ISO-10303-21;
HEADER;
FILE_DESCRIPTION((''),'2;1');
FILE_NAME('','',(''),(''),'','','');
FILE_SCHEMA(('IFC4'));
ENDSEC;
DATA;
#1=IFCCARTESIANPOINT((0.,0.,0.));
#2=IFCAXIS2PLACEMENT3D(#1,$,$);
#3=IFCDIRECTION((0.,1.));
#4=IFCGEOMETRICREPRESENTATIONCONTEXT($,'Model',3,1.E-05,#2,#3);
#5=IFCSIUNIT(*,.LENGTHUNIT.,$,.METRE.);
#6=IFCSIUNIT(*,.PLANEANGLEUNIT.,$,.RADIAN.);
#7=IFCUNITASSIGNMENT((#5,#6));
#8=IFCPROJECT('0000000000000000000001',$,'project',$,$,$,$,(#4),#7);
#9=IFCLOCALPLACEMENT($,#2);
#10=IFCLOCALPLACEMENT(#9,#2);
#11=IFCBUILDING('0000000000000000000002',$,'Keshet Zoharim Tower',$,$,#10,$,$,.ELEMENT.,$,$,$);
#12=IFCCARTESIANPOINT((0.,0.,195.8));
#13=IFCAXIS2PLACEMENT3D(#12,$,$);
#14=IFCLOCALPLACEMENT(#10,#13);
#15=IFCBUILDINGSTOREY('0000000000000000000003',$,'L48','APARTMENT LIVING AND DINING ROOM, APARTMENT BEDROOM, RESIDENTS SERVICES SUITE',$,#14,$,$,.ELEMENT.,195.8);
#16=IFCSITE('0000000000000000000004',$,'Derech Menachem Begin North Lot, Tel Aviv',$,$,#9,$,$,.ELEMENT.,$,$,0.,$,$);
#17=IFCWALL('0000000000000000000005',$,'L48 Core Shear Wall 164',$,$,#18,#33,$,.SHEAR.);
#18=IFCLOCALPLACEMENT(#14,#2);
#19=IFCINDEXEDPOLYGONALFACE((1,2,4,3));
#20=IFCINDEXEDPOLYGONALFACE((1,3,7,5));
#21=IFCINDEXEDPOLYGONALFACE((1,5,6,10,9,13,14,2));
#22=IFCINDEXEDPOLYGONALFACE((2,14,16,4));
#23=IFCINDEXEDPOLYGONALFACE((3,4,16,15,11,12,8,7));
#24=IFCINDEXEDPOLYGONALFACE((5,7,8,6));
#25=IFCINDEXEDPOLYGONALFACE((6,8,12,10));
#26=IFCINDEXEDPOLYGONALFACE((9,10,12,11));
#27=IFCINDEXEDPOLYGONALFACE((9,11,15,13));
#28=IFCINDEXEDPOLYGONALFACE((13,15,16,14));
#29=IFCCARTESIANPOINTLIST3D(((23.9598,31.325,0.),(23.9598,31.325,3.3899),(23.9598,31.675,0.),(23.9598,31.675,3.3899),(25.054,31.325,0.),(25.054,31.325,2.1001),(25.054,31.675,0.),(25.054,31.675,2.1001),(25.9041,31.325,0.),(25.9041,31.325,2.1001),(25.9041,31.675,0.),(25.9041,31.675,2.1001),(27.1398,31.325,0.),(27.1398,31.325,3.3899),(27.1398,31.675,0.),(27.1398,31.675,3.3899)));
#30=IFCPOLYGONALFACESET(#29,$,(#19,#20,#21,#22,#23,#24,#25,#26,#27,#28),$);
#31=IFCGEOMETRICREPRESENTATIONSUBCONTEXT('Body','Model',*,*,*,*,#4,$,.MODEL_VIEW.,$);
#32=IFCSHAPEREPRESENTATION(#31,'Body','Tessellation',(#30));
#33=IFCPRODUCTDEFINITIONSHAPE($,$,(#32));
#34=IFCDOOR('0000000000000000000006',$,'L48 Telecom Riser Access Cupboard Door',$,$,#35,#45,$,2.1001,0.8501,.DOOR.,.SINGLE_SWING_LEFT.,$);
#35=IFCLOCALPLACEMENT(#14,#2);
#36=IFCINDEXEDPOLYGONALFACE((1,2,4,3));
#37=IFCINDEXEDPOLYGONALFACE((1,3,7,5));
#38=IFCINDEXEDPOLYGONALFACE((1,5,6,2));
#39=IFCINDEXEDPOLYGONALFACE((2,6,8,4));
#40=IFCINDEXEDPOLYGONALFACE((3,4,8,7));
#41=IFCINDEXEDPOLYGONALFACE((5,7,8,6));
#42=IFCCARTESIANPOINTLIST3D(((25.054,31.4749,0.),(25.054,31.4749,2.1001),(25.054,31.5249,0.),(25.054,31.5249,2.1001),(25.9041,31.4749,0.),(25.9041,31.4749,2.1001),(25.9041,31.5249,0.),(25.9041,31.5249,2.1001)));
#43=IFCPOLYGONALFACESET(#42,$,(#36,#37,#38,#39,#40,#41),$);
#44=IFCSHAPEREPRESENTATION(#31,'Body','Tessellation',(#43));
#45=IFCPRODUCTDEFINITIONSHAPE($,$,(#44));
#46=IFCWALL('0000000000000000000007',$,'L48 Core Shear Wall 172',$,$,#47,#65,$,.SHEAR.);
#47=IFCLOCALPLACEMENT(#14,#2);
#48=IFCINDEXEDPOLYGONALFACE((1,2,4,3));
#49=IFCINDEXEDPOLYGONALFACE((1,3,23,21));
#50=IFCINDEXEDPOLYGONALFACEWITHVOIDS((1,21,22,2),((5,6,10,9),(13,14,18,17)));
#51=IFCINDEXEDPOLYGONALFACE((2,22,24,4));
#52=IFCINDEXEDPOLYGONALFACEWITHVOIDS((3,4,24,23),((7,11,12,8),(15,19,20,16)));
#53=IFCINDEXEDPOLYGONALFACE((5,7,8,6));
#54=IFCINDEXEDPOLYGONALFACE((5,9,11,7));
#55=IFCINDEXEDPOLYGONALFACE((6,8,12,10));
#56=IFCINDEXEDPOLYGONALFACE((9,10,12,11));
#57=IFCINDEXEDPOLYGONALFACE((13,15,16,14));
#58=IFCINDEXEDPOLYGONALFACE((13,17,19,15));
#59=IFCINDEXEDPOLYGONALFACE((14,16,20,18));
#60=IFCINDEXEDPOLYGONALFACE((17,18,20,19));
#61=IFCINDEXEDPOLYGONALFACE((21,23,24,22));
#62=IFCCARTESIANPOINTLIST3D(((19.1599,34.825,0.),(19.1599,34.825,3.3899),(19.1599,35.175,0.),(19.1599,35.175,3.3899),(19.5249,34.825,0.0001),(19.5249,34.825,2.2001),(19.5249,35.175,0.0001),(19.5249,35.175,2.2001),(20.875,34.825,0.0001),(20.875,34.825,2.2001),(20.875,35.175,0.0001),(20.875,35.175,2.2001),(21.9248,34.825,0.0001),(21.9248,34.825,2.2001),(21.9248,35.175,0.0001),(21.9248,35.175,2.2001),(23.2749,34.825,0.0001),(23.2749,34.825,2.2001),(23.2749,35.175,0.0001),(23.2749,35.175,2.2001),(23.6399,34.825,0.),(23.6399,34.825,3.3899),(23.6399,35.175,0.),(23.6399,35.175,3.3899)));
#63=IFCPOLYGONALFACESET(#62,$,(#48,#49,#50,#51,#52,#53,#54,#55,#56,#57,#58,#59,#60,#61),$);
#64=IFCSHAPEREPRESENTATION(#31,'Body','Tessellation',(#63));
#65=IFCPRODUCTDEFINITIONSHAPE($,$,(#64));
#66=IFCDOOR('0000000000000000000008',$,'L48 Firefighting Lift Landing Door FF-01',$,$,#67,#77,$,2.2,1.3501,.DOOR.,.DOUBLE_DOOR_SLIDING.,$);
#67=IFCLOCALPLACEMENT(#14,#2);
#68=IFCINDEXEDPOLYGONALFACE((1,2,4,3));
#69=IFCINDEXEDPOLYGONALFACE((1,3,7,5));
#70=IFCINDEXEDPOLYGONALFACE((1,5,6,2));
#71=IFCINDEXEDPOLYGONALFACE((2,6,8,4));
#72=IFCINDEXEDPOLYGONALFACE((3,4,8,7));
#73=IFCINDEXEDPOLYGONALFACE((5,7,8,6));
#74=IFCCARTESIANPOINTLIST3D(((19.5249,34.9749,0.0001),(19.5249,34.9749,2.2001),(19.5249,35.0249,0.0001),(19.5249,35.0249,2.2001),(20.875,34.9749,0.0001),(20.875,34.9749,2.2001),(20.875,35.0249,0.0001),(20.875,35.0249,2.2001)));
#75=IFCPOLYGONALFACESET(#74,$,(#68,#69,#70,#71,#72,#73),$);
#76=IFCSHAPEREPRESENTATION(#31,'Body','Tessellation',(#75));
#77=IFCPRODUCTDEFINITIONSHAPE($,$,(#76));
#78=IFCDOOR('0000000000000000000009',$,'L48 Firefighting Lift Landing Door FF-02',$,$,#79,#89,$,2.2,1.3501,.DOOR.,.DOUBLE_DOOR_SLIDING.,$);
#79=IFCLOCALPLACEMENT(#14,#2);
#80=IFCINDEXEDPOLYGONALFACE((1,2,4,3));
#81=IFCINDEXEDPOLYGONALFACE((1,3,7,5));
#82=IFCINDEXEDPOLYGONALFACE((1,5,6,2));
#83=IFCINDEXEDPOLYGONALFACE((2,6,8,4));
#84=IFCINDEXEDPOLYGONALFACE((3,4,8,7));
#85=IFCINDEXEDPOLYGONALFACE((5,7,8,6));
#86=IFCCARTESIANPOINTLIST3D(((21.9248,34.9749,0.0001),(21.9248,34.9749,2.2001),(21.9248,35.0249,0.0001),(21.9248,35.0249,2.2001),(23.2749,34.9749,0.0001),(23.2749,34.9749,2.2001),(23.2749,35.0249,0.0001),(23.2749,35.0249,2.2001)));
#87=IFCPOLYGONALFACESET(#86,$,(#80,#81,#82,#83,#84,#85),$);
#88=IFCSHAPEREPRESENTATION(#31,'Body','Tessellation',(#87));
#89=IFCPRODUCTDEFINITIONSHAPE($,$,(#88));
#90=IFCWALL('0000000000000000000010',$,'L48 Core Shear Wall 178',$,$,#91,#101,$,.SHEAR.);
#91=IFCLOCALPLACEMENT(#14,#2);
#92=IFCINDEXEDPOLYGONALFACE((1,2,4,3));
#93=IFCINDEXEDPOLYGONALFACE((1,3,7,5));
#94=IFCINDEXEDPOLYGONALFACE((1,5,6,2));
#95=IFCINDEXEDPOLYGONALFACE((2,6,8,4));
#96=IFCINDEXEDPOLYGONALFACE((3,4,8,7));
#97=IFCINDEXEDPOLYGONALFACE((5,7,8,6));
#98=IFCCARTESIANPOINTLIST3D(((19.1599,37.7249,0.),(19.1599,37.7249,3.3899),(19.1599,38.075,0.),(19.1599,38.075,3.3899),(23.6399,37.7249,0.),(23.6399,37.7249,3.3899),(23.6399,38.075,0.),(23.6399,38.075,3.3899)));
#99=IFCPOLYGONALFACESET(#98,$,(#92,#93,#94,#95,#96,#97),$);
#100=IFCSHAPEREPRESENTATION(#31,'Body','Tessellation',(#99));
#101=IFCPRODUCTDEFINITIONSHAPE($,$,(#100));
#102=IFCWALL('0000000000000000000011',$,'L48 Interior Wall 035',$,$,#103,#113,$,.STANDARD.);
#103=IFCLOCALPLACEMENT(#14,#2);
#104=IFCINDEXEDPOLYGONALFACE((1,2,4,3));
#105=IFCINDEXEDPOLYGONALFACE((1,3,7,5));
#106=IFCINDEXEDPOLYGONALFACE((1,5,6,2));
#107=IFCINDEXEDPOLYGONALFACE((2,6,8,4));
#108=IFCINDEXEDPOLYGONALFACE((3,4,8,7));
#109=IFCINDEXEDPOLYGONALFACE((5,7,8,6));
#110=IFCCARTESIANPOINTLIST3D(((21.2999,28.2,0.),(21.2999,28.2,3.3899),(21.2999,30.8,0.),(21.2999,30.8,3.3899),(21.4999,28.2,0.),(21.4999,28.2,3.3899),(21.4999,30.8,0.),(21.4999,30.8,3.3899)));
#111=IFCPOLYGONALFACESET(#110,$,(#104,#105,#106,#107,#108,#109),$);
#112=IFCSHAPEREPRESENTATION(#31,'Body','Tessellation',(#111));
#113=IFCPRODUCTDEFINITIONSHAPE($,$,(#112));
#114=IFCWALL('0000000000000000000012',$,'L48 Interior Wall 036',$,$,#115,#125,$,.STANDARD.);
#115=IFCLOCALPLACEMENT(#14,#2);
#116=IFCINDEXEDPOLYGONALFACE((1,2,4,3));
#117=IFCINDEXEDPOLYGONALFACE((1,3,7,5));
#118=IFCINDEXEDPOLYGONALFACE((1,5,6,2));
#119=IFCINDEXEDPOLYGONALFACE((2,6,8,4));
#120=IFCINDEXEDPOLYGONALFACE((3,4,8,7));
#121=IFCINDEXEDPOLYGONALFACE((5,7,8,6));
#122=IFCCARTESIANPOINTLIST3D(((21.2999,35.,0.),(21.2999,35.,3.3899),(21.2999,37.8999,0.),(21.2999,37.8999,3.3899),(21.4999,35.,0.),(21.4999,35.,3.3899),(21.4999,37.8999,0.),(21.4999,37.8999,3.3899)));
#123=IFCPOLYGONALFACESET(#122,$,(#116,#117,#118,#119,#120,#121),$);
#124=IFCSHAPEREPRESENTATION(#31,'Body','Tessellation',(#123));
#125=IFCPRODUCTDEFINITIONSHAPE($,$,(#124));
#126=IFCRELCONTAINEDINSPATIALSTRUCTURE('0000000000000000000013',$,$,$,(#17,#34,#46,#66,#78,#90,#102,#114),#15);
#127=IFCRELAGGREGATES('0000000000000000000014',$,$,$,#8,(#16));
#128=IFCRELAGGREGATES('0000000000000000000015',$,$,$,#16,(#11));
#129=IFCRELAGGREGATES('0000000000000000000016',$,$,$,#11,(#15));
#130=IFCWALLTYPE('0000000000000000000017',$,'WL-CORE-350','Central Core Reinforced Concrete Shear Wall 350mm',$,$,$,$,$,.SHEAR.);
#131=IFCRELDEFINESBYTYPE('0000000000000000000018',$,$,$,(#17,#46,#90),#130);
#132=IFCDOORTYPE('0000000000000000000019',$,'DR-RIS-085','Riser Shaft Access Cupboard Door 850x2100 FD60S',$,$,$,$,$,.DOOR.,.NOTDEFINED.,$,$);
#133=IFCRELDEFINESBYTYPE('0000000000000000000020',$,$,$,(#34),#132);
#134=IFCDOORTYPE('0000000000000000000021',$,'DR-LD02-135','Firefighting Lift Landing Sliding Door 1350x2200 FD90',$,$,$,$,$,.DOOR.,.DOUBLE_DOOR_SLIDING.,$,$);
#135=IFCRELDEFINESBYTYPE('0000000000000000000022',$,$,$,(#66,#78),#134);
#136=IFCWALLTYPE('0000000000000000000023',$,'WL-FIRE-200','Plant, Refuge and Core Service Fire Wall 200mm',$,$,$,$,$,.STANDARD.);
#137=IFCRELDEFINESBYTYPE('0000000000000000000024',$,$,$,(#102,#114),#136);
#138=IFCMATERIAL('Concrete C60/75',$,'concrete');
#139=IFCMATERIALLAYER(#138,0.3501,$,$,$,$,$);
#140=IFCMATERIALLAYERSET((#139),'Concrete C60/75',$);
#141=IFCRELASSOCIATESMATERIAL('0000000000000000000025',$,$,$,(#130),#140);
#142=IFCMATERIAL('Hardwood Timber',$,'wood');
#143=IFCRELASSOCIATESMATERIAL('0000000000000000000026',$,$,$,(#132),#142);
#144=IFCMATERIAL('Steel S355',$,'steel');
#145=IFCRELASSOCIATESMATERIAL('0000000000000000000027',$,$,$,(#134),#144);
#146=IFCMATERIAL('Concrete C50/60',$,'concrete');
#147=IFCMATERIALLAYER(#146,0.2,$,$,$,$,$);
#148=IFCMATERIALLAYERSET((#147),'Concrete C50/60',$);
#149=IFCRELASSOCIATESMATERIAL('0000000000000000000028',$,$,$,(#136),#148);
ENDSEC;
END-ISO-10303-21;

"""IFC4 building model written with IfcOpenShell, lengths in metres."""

from ifc_helpers import new_model, si_unit, direction, frame, frame_2d, origin, place, context, subcontext, project, spatial, rectangle, extrude, material, layer, layer_set, type_object, element, fill, save


model = new_model("IFC4")

# Units and contexts
model_context = context("Model", 3, precision=1e-05, world=origin(), true_north=direction((0.0, 1.0)))
body_context = subcontext(model_context, "Body", "Model", "MODEL_VIEW")
ifc_project = project(units=[si_unit("LENGTHUNIT", "METRE"), si_unit("PLANEANGLEUNIT", "RADIAN")], contexts=[model_context])

# Site, building, storey
site_placement = place(None, origin())
site = spatial("IfcSite", under=ifc_project, at=site_placement, Name="Derech Menachem Begin North Lot, Tel Aviv", CompositionType="ELEMENT", RefElevation=0.0)
building_placement = place(site_placement, origin())
building = spatial("IfcBuilding", under=site, at=building_placement, Name="Keshet Zoharim Tower", CompositionType="ELEMENT")
storey_placement = place(building_placement, frame((0.0, 0.0, 195.8)))
storey = spatial("IfcBuildingStorey", under=building, at=storey_placement, Name="L48", Description="APARTMENT LIVING AND DINING ROOM, APARTMENT BEDROOM, RESIDENTS SERVICES SUITE", CompositionType="ELEMENT", Elevation=195.8)

# Shared definitions
ifc_material_1 = material(Name="Steel S355", Category="steel")

# Shared definitions
ifc_material_2 = material(Name="Concrete C60/75", Category="concrete")
ifc_layer_1 = layer(ifc_material_2, 0.3501)
ifc_layer_set_1 = layer_set([ifc_layer_1], Name="Concrete C60/75")
wall_type_1 = type_object("IfcWallType", Name="WL-CORE-350", Description="Central Core Reinforced Concrete Shear Wall 350mm", PredefinedType="SHEAR", material=ifc_layer_set_1)

# Shared definitions
ifc_material_3 = material(Name="Hardwood Timber", Category="wood")

# Wall, opening, door
wall_1_placement = place(storey_placement, frame((23.96, 31.5, 0.0), z_axis=(0.0, 0.0, 1.0), x_axis=(1.0, 0.0, 0.0)))
wall_1 = element("IfcWall", 1, at=wall_1_placement, inside=storey, type_object=wall_type_1, Name="L48 Core Shear Wall 164", PredefinedType="SHEAR", context=body_context, shape_type="SweptSolid", body=[
    extrude(rectangle(XDim=3.1799, YDim=0.3501, at=frame_2d((1.5898, 0.0))), origin(), (0.0, 0.0, 1.0), 3.3899),
])
opening_1_placement = place(wall_1_placement, frame((1.094, 0.0, 0.0)))
opening_1 = element("IfcOpeningElement", 2, at=opening_1_placement, cuts=wall_1, PredefinedType="OPENING", context=body_context, shape_type="SweptSolid", body=[
    extrude(rectangle(XDim=0.8501, YDim=2.1001, at=frame_2d((0.425, 1.05))), frame((0.0, 0.1851, 0.0), z_axis=(0.0, -1.0, 0.0), x_axis=(1.0, 0.0, 0.0)), (0.0, 0.0, 1.0), 0.3701),
])
door_type_1 = type_object("IfcDoorType", Name="DR-RIS-085", Description="Riser Shaft Access Cupboard Door 850x2100 FD60S", OperationType="NOTDEFINED", PredefinedType="DOOR", material=ifc_material_3)
door_1_placement = place(opening_1_placement, origin())
door_1 = element("IfcDoor", 3, at=door_1_placement, inside=storey, type_object=door_type_1, Name="L48 Telecom Riser Access Cupboard Door", OperationType="SINGLE_SWING_LEFT", OverallHeight=2.1001, OverallWidth=0.8501, PredefinedType="DOOR", context=body_context, shape_type="SweptSolid", body=[
    extrude(rectangle(XDim=0.8501, YDim=2.1001, at=frame_2d((0.425, 1.05))), frame((0.0, 0.0249, 0.0), z_axis=(0.0, -1.0, 0.0), x_axis=(1.0, 0.0, 0.0)), (0.0, 0.0, 1.0), 0.05),
])
fill(opening_1, door_1)

# Wall, openings, doors
wall_2_placement = place(storey_placement, frame((19.1599, 35.0, 0.0), z_axis=(0.0, 0.0, 1.0), x_axis=(1.0, 0.0, 0.0)))
wall_2 = element("IfcWall", 4, at=wall_2_placement, inside=storey, type_object=wall_type_1, Name="L48 Core Shear Wall 172", PredefinedType="SHEAR", context=body_context, shape_type="SweptSolid", body=[
    extrude(rectangle(XDim=4.48, YDim=0.3501, at=frame_2d((2.24, 0.0))), origin(), (0.0, 0.0, 1.0), 3.3899),
])
opening_2_placement = place(wall_2_placement, frame((0.365, 0.0, 0.0)))
opening_2 = element("IfcOpeningElement", 5, at=opening_2_placement, cuts=wall_2, PredefinedType="OPENING", context=body_context, shape_type="SweptSolid", body=[
    extrude(rectangle(XDim=1.3501, YDim=2.2, at=frame_2d((0.675, 1.1001))), frame((0.0, 0.1851, 0.0), z_axis=(0.0, -1.0, 0.0), x_axis=(1.0, 0.0, 0.0)), (0.0, 0.0, 1.0), 0.3701),
])
opening_3_placement = place(wall_2_placement, frame((2.7649, 0.0, 0.0)))
opening_3 = element("IfcOpeningElement", 6, at=opening_3_placement, cuts=wall_2, PredefinedType="OPENING", context=body_context, shape_type="SweptSolid", body=[
    extrude(rectangle(XDim=1.3501, YDim=2.2, at=frame_2d((0.675, 1.1001))), frame((0.0, 0.1851, 0.0), z_axis=(0.0, -1.0, 0.0), x_axis=(1.0, 0.0, 0.0)), (0.0, 0.0, 1.0), 0.3701),
])
door_type_2 = type_object("IfcDoorType", Name="DR-LD02-135", Description="Firefighting Lift Landing Sliding Door 1350x2200 FD90", OperationType="DOUBLE_DOOR_SLIDING", PredefinedType="DOOR", material=ifc_material_1)
door_2_placement = place(opening_2_placement, origin())
door_2 = element("IfcDoor", 7, at=door_2_placement, inside=storey, type_object=door_type_2, Name="L48 Firefighting Lift Landing Door FF-01", OperationType="DOUBLE_DOOR_SLIDING", OverallHeight=2.2, OverallWidth=1.3501, PredefinedType="DOOR", context=body_context, shape_type="SweptSolid", body=[
    extrude(rectangle(XDim=1.3501, YDim=2.2, at=frame_2d((0.675, 1.1001))), frame((0.0, 0.0249, 0.0), z_axis=(0.0, -1.0, 0.0), x_axis=(1.0, 0.0, 0.0)), (0.0, 0.0, 1.0), 0.05),
])
fill(opening_2, door_2)
door_3_placement = place(opening_3_placement, origin())
door_3 = element("IfcDoor", 8, at=door_3_placement, inside=storey, type_object=door_type_2, Name="L48 Firefighting Lift Landing Door FF-02", OperationType="DOUBLE_DOOR_SLIDING", OverallHeight=2.2, OverallWidth=1.3501, PredefinedType="DOOR", context=body_context, shape_type="SweptSolid", body=[
    extrude(rectangle(XDim=1.3501, YDim=2.2, at=frame_2d((0.675, 1.1001))), frame((0.0, 0.0249, 0.0), z_axis=(0.0, -1.0, 0.0), x_axis=(1.0, 0.0, 0.0)), (0.0, 0.0, 1.0), 0.05),
])
fill(opening_3, door_3)

# Walls
wall_3_placement = place(storey_placement, frame((19.1599, 37.8999, 0.0), z_axis=(0.0, 0.0, 1.0), x_axis=(1.0, 0.0, 0.0)))
element("IfcWall", 9, at=wall_3_placement, inside=storey, type_object=wall_type_1, Name="L48 Core Shear Wall 178", PredefinedType="SHEAR", context=body_context, shape_type="SweptSolid", body=[
    extrude(rectangle(XDim=4.48, YDim=0.3501, at=frame_2d((2.24, 0.0))), origin(), (0.0, 0.0, 1.0), 3.3899),
])
ifc_material_4 = material(Name="Concrete C50/60", Category="concrete")
ifc_layer_2 = layer(ifc_material_4, 0.2)
ifc_layer_set_2 = layer_set([ifc_layer_2], Name="Concrete C50/60")
wall_type_2 = type_object("IfcWallType", Name="WL-FIRE-200", Description="Plant, Refuge and Core Service Fire Wall 200mm", PredefinedType="STANDARD", material=ifc_layer_set_2)
wall_4_placement = place(storey_placement, frame((21.3999, 28.2, 0.0), z_axis=(0.0, 0.0, 1.0), x_axis=(0.0, 1.0, 0.0)))
element("IfcWall", 10, at=wall_4_placement, inside=storey, type_object=wall_type_2, Name="L48 Interior Wall 035", PredefinedType="STANDARD", context=body_context, shape_type="SweptSolid", body=[
    extrude(rectangle(XDim=2.6001, YDim=0.2, at=frame_2d((1.3, 0.0))), origin(), (0.0, 0.0, 1.0), 3.3899),
])
wall_5_placement = place(storey_placement, frame((21.3999, 35.0, 0.0), z_axis=(0.0, 0.0, 1.0), x_axis=(0.0, 1.0, 0.0)))
element("IfcWall", 11, at=wall_5_placement, inside=storey, type_object=wall_type_2, Name="L48 Interior Wall 036", PredefinedType="STANDARD", context=body_context, shape_type="SweptSolid", body=[
    extrude(rectangle(XDim=2.8999, YDim=0.2, at=frame_2d((1.45, 0.0))), origin(), (0.0, 0.0, 1.0), 3.3899),
])

save(model, "model.ifc")
